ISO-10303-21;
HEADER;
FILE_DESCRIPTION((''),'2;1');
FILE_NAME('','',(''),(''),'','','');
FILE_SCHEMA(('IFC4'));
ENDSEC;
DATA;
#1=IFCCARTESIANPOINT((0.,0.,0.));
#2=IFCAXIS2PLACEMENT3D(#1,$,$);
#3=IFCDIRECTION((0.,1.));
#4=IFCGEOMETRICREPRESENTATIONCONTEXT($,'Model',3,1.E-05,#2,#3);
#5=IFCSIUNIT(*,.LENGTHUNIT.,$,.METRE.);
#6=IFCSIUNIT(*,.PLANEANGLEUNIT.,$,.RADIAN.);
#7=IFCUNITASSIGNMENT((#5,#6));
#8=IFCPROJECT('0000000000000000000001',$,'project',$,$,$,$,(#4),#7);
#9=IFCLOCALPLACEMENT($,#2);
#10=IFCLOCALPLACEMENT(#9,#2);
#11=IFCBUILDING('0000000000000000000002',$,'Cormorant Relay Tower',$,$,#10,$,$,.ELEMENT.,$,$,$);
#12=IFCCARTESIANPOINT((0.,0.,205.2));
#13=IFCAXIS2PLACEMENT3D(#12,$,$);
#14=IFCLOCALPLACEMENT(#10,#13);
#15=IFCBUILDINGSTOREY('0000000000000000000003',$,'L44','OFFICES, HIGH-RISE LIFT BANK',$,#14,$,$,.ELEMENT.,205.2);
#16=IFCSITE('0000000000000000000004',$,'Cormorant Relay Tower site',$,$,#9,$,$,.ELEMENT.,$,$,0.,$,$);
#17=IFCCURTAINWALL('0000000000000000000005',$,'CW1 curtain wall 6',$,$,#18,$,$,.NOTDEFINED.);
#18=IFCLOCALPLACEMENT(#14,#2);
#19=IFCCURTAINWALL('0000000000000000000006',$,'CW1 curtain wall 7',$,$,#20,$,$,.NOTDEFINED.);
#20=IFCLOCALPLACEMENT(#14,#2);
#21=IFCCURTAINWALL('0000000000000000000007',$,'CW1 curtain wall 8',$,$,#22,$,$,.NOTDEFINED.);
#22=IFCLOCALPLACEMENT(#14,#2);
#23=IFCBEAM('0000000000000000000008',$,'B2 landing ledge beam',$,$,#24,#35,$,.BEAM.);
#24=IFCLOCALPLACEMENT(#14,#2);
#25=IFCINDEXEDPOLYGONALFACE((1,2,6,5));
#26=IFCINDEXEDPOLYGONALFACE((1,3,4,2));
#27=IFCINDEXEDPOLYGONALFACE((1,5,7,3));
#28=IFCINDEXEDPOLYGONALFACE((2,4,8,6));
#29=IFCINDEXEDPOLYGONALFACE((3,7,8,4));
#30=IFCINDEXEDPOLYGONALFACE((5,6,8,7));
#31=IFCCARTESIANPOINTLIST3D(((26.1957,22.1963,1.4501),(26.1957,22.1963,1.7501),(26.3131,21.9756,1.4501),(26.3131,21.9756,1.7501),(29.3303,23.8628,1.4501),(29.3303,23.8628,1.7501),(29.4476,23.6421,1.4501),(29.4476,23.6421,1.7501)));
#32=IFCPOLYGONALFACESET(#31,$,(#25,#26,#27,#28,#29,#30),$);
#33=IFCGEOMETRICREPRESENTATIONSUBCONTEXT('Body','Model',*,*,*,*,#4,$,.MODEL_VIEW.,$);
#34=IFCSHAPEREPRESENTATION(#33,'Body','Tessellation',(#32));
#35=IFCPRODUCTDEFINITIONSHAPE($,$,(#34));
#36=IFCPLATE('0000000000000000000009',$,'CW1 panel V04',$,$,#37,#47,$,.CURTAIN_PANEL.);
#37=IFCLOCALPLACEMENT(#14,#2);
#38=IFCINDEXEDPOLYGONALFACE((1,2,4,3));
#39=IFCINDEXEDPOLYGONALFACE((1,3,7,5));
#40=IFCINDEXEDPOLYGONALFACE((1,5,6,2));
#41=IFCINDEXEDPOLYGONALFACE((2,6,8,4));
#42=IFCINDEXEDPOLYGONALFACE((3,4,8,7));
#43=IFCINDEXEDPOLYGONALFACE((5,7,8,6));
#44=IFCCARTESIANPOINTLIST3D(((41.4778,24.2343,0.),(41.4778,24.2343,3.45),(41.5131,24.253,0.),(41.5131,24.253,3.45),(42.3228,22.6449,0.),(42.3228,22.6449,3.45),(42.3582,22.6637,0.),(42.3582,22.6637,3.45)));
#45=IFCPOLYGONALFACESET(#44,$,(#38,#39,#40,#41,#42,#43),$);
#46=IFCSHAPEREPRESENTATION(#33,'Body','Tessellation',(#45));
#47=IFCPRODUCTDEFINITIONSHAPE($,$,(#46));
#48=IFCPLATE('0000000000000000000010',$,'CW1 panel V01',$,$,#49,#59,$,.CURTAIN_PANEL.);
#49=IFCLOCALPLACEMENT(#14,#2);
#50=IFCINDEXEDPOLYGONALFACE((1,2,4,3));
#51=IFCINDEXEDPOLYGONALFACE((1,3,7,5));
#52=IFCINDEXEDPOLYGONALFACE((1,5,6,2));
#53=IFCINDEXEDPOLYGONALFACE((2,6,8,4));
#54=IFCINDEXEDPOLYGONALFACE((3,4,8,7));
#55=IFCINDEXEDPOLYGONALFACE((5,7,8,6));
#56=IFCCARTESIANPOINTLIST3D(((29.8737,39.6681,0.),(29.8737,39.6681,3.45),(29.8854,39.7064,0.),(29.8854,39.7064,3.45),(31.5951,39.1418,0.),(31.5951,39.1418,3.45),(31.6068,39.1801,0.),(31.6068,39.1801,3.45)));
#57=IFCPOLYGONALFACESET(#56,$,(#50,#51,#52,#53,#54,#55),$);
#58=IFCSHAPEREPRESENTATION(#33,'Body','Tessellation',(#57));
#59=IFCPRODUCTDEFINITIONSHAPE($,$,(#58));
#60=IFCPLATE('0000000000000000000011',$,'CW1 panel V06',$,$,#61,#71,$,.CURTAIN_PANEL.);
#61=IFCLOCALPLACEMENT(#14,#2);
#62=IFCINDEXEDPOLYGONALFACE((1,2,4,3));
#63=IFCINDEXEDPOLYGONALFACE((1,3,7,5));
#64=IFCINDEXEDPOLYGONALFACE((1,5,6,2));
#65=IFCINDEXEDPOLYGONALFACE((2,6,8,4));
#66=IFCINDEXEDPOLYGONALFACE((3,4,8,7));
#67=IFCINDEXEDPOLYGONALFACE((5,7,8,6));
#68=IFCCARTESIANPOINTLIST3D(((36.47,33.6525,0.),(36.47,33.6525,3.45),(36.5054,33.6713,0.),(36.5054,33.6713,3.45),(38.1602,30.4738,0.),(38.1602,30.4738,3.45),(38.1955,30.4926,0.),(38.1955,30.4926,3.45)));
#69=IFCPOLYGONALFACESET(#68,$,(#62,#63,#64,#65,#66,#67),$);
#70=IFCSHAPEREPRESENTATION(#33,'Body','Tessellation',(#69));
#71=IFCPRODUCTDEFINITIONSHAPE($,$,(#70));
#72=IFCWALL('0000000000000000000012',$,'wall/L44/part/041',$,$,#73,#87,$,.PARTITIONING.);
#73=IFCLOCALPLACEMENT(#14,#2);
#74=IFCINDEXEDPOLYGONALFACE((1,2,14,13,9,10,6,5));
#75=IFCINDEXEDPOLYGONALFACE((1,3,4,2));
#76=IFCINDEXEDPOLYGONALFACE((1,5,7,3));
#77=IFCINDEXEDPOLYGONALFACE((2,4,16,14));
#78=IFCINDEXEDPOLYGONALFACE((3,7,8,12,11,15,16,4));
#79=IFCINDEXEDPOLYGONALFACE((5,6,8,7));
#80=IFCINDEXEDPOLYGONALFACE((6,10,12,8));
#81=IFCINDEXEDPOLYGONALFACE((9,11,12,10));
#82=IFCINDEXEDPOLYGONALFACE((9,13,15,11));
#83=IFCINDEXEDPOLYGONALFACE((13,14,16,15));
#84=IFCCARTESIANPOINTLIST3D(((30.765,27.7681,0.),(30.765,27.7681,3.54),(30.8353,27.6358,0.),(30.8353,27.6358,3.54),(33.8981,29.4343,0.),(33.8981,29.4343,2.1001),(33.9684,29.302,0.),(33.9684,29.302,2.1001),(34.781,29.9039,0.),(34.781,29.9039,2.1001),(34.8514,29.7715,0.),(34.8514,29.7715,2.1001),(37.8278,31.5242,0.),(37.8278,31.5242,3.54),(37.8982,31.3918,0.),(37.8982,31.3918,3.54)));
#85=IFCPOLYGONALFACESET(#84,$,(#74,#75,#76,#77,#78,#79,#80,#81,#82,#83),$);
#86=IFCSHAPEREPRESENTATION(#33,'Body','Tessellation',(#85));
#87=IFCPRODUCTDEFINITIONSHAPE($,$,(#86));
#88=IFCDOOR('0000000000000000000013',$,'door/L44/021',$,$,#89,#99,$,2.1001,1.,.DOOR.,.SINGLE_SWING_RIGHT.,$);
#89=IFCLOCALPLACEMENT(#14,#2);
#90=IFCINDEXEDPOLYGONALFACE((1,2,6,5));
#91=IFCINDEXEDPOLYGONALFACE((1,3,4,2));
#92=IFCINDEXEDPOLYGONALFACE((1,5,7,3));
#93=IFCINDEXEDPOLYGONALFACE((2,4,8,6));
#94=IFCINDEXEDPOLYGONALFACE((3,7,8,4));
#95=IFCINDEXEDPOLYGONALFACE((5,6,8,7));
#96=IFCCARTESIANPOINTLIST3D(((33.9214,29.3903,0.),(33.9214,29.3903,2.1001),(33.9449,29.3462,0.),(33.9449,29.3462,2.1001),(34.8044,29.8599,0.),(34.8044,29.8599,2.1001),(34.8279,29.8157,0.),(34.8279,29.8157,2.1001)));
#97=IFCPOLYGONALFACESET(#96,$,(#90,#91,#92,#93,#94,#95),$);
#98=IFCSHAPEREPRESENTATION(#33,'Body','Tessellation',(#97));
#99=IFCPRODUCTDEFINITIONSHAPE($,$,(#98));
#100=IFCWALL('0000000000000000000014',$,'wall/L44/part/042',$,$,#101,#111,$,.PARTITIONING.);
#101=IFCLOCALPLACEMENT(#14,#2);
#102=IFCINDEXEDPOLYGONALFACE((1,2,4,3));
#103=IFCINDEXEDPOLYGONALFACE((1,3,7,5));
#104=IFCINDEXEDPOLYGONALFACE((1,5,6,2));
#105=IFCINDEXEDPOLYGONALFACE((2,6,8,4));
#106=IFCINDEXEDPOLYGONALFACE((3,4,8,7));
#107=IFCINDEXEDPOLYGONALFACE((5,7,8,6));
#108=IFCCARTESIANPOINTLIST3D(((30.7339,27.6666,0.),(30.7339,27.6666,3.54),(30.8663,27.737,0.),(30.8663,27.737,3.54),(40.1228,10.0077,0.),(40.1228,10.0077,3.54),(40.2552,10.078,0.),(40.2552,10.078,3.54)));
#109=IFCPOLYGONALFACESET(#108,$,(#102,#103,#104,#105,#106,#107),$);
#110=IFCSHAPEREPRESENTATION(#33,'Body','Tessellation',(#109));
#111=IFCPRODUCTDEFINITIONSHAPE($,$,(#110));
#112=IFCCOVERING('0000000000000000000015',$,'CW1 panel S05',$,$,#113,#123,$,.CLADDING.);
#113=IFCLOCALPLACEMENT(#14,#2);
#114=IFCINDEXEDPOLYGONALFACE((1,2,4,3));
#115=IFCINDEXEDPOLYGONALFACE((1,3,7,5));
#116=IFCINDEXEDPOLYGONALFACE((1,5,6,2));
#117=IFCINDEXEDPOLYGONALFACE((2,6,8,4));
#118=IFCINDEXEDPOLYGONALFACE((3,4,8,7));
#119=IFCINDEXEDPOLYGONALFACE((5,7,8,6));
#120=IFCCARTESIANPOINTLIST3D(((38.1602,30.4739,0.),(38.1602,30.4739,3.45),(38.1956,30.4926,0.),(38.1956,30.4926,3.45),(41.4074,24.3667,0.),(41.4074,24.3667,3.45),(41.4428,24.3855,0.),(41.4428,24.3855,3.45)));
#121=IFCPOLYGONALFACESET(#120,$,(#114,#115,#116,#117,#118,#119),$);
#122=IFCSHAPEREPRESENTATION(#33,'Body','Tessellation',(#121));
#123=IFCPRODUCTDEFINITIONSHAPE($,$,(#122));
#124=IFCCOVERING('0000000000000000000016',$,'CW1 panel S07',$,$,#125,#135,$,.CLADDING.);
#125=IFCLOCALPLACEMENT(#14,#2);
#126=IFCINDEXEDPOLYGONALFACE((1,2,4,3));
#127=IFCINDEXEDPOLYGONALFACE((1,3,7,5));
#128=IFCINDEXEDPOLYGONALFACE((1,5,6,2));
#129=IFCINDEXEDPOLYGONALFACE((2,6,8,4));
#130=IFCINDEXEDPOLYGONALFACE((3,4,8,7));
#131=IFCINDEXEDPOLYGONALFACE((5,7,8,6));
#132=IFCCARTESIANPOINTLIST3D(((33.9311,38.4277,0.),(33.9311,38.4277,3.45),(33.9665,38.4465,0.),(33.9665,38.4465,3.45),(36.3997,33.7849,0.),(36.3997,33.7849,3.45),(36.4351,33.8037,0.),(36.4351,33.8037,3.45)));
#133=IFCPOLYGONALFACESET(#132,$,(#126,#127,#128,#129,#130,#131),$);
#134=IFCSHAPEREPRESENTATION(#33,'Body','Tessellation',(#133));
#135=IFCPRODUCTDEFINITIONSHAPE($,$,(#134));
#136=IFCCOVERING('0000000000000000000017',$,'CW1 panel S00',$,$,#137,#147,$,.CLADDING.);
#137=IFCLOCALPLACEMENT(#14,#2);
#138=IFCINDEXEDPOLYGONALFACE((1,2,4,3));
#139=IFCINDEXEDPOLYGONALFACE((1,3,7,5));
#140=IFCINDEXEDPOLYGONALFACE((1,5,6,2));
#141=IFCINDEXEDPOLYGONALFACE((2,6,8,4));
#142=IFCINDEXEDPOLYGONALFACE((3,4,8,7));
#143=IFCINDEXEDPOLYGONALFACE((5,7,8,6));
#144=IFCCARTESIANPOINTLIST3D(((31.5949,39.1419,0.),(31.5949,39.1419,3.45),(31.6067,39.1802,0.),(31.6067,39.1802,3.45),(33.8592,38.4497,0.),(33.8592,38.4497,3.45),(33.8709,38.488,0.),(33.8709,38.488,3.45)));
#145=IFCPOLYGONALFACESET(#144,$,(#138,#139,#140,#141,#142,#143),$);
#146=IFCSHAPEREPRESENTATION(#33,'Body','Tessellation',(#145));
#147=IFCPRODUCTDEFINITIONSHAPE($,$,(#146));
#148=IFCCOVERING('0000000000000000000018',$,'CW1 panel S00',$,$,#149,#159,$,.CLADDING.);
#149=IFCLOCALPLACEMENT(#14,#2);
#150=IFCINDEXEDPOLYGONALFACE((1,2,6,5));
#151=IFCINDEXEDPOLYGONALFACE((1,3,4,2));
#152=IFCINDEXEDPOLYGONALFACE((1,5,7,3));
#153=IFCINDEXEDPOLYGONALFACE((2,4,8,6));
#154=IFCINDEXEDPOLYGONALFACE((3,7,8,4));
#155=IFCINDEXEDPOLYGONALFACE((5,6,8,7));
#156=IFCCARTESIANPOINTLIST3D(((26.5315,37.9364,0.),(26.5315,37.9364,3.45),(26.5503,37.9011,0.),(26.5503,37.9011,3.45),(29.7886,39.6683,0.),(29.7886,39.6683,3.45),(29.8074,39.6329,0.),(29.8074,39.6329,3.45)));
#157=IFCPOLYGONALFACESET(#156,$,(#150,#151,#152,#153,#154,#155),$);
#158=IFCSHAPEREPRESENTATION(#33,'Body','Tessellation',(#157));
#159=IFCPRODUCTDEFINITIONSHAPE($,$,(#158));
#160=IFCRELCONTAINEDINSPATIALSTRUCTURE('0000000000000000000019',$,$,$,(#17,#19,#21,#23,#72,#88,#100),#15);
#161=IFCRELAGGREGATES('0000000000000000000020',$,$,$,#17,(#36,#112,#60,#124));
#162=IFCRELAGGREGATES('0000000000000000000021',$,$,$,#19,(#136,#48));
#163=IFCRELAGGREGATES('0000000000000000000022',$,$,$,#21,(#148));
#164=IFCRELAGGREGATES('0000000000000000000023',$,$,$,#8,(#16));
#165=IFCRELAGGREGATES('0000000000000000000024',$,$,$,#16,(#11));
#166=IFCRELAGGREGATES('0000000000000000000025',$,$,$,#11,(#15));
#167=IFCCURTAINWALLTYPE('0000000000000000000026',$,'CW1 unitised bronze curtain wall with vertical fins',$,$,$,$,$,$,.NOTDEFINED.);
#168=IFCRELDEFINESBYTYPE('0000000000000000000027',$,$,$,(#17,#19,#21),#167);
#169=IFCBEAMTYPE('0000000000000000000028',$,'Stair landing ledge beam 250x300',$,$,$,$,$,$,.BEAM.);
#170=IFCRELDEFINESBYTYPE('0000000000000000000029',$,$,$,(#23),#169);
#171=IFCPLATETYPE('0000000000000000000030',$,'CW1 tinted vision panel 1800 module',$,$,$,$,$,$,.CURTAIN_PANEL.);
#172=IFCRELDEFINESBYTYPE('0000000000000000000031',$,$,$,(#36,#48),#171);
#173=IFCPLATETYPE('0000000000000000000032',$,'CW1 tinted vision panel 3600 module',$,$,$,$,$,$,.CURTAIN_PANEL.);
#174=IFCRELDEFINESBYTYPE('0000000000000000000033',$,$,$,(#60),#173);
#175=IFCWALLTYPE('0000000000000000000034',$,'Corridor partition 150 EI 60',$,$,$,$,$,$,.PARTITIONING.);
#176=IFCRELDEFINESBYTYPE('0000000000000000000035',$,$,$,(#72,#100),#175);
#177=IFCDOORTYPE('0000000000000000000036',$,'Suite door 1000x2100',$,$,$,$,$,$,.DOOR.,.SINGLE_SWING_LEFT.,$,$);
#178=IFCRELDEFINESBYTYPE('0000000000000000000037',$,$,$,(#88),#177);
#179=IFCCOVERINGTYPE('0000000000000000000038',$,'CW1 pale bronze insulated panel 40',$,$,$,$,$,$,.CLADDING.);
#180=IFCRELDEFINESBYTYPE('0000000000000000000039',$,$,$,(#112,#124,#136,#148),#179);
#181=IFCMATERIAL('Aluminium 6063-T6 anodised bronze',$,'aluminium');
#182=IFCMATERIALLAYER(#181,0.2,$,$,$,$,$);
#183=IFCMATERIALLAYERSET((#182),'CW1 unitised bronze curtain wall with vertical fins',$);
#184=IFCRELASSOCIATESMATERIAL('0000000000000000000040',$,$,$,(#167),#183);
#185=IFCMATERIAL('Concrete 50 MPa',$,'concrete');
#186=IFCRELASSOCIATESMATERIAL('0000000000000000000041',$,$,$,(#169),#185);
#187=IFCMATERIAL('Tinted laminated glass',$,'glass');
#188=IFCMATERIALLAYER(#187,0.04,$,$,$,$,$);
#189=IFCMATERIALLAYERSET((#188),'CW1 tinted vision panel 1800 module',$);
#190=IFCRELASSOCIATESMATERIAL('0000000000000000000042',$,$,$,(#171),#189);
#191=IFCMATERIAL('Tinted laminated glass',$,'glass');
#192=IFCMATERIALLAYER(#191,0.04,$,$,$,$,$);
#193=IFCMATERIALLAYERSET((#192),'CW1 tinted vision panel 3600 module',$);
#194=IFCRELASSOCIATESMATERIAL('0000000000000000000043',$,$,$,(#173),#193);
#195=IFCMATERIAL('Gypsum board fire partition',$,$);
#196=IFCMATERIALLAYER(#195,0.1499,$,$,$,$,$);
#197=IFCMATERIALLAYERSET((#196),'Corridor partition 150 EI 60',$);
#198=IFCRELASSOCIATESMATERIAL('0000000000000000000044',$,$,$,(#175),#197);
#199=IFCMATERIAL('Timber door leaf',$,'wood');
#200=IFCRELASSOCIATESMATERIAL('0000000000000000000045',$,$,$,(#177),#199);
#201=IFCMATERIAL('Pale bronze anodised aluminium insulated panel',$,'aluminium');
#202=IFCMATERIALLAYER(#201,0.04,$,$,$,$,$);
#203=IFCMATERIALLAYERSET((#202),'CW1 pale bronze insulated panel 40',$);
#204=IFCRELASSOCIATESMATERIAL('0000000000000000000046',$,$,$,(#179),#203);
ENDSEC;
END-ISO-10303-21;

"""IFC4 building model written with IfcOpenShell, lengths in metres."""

from ifc_helpers import new_model, si_unit, direction, frame, frame_2d, origin, origin_2d, place, context, subcontext, project, spatial, rectangle, extrude, material, layer, layer_set, material_profile, profile_set, type_object, element, fill, aggregate, save


model = new_model("IFC4")

# Units and contexts
model_context = context("Model", 3, precision=1e-05, world=origin(), true_north=direction((0.0, 1.0)))
body_context = subcontext(model_context, "Body", "Model", "MODEL_VIEW")
ifc_project = project(units=[si_unit("LENGTHUNIT", "METRE"), si_unit("PLANEANGLEUNIT", "RADIAN")], contexts=[model_context])

# Site, building, storey
site_placement = place(None, origin())
site = spatial("IfcSite", under=ifc_project, at=site_placement, Name="Cormorant Relay Tower site", CompositionType="ELEMENT", RefElevation=0.0)
building_placement = place(site_placement, origin())
building = spatial("IfcBuilding", under=site, at=building_placement, Name="Cormorant Relay Tower", CompositionType="ELEMENT")
storey_placement = place(building_placement, frame((0.0, 0.0, 205.2)))
storey = spatial("IfcBuildingStorey", under=building, at=storey_placement, Name="L44", Description="OFFICES, HIGH-RISE LIFT BANK", CompositionType="ELEMENT", Elevation=205.2)

# Curtain wall
ifc_material_1 = material(Name="Aluminium 6063-T6 anodised bronze", Category="aluminium")
ifc_layer_1 = layer(ifc_material_1, 0.2)
ifc_layer_set_1 = layer_set([ifc_layer_1], Name="CW1 unitised bronze curtain wall with vertical fins")
curtain_wall_type = type_object("IfcCurtainWallType", Name="CW1 unitised bronze curtain wall with vertical fins", PredefinedType="NOTDEFINED", material=ifc_layer_set_1)
curtain_wall_1_placement = place(storey_placement, origin())
curtain_wall_1 = element("IfcCurtainWall", 1, at=curtain_wall_1_placement, inside=storey, type_object=curtain_wall_type, Name="CW1 curtain wall 6", PredefinedType="NOTDEFINED")

# Curtain walls
curtain_wall_2_placement = place(storey_placement, origin())
curtain_wall_2 = element("IfcCurtainWall", 2, at=curtain_wall_2_placement, inside=storey, type_object=curtain_wall_type, Name="CW1 curtain wall 7", PredefinedType="NOTDEFINED")
curtain_wall_3_placement = place(storey_placement, origin())
curtain_wall_3 = element("IfcCurtainWall", 3, at=curtain_wall_3_placement, inside=storey, type_object=curtain_wall_type, Name="CW1 curtain wall 8", PredefinedType="NOTDEFINED")

# Beam
ifc_material_2 = material(Name="Concrete 50 MPa", Category="concrete")
ifc_material_profile_1 = material_profile(ifc_material_2, rectangle(XDim=0.25, YDim=0.3, at=origin_2d()), Name="RC 250x300")
ifc_profile_set_1 = profile_set([ifc_material_profile_1], Name="Concrete 50 MPa")
beam_type_1 = type_object("IfcBeamType", Name="Stair landing ledge beam 250x300", PredefinedType="BEAM", material=ifc_profile_set_1)
beam_1_placement = place(storey_placement, frame((26.2544, 22.0859, 1.6001), z_axis=(0.882965, 0.469438, 0.0), x_axis=(-0.469438, 0.882965, 0.0)))
element("IfcBeam", 4, at=beam_1_placement, inside=storey, type_object=beam_type_1, Name="B2 landing ledge beam", PredefinedType="BEAM", context=body_context, shape_type="SweptSolid", body=[
    extrude(rectangle(XDim=0.25, YDim=0.3, at=origin_2d()), origin(), (0.0, 0.0, 1.0), 3.55),
])

# Plates
ifc_material_3 = material(Name="Tinted laminated glass", Category="glass")
ifc_layer_2 = layer(ifc_material_3, 0.04)
ifc_layer_set_2 = layer_set([ifc_layer_2], Name="CW1 tinted vision panel 1800 module")
plate_type_1 = type_object("IfcPlateType", Name="CW1 tinted vision panel 1800 module", PredefinedType="CURTAIN_PANEL", material=ifc_layer_set_2)
plate_1_placement = place(storey_placement, frame((41.918, 23.449, 0.0), z_axis=(0.0, 0.0, 1.0), x_axis=(-0.469472, 0.882948, 0.0)))
plate_1 = element("IfcPlate", 5, at=plate_1_placement, type_object=plate_type_1, Name="CW1 panel V04", PredefinedType="CURTAIN_PANEL", context=body_context, shape_type="SweptSolid", body=[
    extrude(rectangle(XDim=1.8, YDim=0.04, at=origin_2d()), origin(), (0.0, 0.0, 1.0), 3.45),
])
plate_2_placement = place(storey_placement, frame((30.7402, 39.4241, 0.0), z_axis=(0.0, 0.0, 1.0), x_axis=(-0.956305, 0.292372, 0.0)))
plate_2 = element("IfcPlate", 6, at=plate_2_placement, type_object=plate_type_1, Name="CW1 panel V01", PredefinedType="CURTAIN_PANEL", context=body_context, shape_type="SweptSolid", body=[
    extrude(rectangle(XDim=1.8, YDim=0.04, at=origin_2d()), origin(), (0.0, 0.0, 1.0), 3.45),
])
ifc_material_4 = material(Name="Tinted laminated glass", Category="glass")
ifc_layer_3 = layer(ifc_material_4, 0.04)
ifc_layer_set_3 = layer_set([ifc_layer_3], Name="CW1 tinted vision panel 3600 module")
plate_type_2 = type_object("IfcPlateType", Name="CW1 tinted vision panel 3600 module", PredefinedType="CURTAIN_PANEL", material=ifc_layer_set_3)
plate_3_placement = place(storey_placement, frame((37.3328, 32.0725, 0.0), z_axis=(0.0, 0.0, 1.0), x_axis=(-0.469472, 0.882948, 0.0)))
plate_3 = element("IfcPlate", 7, at=plate_3_placement, type_object=plate_type_2, Name="CW1 panel V06", PredefinedType="CURTAIN_PANEL", context=body_context, shape_type="SweptSolid", body=[
    extrude(rectangle(XDim=3.6001, YDim=0.04, at=origin_2d()), origin(), (0.0, 0.0, 1.0), 3.45),
])

# Wall, opening, door
ifc_material_5 = material(Name="Gypsum board fire partition")
ifc_layer_4 = layer(ifc_material_5, 0.1499)
ifc_layer_set_4 = layer_set([ifc_layer_4], Name="Corridor partition 150 EI 60")
wall_type = type_object("IfcWallType", Name="Corridor partition 150 EI 60", PredefinedType="PARTITIONING", material=ifc_layer_set_4)
wall_1_placement = place(storey_placement, frame((37.863, 31.458, 0.0), z_axis=(0.0, 0.0, 1.0), x_axis=(-0.882914, -0.469535, 0.0)))
wall_1 = element("IfcWall", 8, at=wall_1_placement, inside=storey, type_object=wall_type, Name="wall/L44/part/041", PredefinedType="PARTITIONING", context=body_context, shape_type="SweptSolid", body=[
    extrude(rectangle(XDim=7.9995, YDim=0.1499, at=frame_2d((3.9998, 0.0))), origin(), (0.0, 0.0, 1.0), 3.54),
])
opening_placement = place(wall_1_placement, frame((3.4509, 0.0, 0.0)))
opening = element("IfcOpeningElement", 9, at=opening_placement, cuts=wall_1, PredefinedType="OPENING", context=body_context, shape_type="SweptSolid", body=[
    extrude(rectangle(XDim=1.0, YDim=2.1001, at=frame_2d((0.5, 1.05))), frame((0.0, 0.085, 0.0), z_axis=(0.0, -1.0, 0.0), x_axis=(1.0, 0.0, 0.0)), (0.0, 0.0, 1.0), 0.1699),
])
ifc_material_6 = material(Name="Timber door leaf", Category="wood")
door_type = type_object("IfcDoorType", Name="Suite door 1000x2100", OperationType="SINGLE_SWING_LEFT", PredefinedType="DOOR", material=ifc_material_6)
door_placement = place(opening_placement, origin())
door = element("IfcDoor", 10, at=door_placement, inside=storey, type_object=door_type, Name="door/L44/021", OperationType="SINGLE_SWING_RIGHT", OverallHeight=2.1001, OverallWidth=1.0, PredefinedType="DOOR", context=body_context, shape_type="SweptSolid", body=[
    extrude(rectangle(XDim=1.0, YDim=2.1001, at=frame_2d((0.5, 1.05))), frame((0.0, 0.0249, 0.0), z_axis=(0.0, -1.0, 0.0), x_axis=(1.0, 0.0, 0.0)), (0.0, 0.0, 1.0), 0.05),
])
fill(opening, door)

# Wall
wall_2_placement = place(storey_placement, frame((30.8, 27.7019, 0.0), z_axis=(0.0, 0.0, 1.0), x_axis=(0.469452, -0.882958, 0.0)))
element("IfcWall", 11, at=wall_2_placement, inside=storey, type_object=wall_type, Name="wall/L44/part/042", PredefinedType="PARTITIONING", context=body_context, shape_type="SweptSolid", body=[
    extrude(rectangle(XDim=19.9998, YDim=0.1499, at=frame_2d((10.0, 0.0))), origin(), (0.0, 0.0, 1.0), 3.54),
])

# Coverings
ifc_material_7 = material(Name="Pale bronze anodised aluminium insulated panel", Category="aluminium")
ifc_layer_5 = layer(ifc_material_7, 0.04)
ifc_layer_set_5 = layer_set([ifc_layer_5], Name="CW1 pale bronze insulated panel 40")
covering_type = type_object("IfcCoveringType", Name="CW1 pale bronze insulated panel 40", PredefinedType="CLADDING", material=ifc_layer_set_5)
covering_1_placement = place(storey_placement, frame((39.8015, 27.4297, 0.0), z_axis=(0.0, 0.0, 1.0), x_axis=(-0.469472, 0.882948, 0.0)))
covering_1 = element("IfcCovering", 12, at=covering_1_placement, type_object=covering_type, Name="CW1 panel S05", PredefinedType="CLADDING", context=body_context, shape_type="SweptSolid", body=[
    extrude(rectangle(XDim=6.9167, YDim=0.04, at=origin_2d()), origin(), (0.0, 0.0, 1.0), 3.45),
])
covering_2_placement = place(storey_placement, frame((35.1831, 36.1157, 0.0), z_axis=(0.0, 0.0, 1.0), x_axis=(-0.469472, 0.882948, 0.0)))
covering_2 = element("IfcCovering", 13, at=covering_2_placement, type_object=covering_type, Name="CW1 panel S07", PredefinedType="CLADDING", context=body_context, shape_type="SweptSolid", body=[
    extrude(rectangle(XDim=5.2583, YDim=0.04, at=origin_2d()), origin(), (0.0, 0.0, 1.0), 3.45),
])
aggregate(curtain_wall_1, [plate_1, covering_1, plate_3, covering_2])
covering_3_placement = place(storey_placement, frame((32.7329, 38.8149, 0.0), z_axis=(0.0, 0.0, 1.0), x_axis=(-0.956305, 0.292372, 0.0)))
covering_3 = element("IfcCovering", 14, at=covering_3_placement, type_object=covering_type, Name="CW1 panel S00", PredefinedType="CLADDING", context=body_context, shape_type="SweptSolid", body=[
    extrude(rectangle(XDim=2.3677, YDim=0.04, at=origin_2d()), origin(), (0.0, 0.0, 1.0), 3.45),
])
aggregate(curtain_wall_2, [covering_3, plate_2])
covering_4_placement = place(storey_placement, frame((28.1694, 38.7847, 0.0), z_axis=(0.0, 0.0, 1.0), x_axis=(-0.882948, -0.469472, 0.0)))
covering_4 = element("IfcCovering", 15, at=covering_4_placement, type_object=covering_type, Name="CW1 panel S00", PredefinedType="CLADDING", context=body_context, shape_type="SweptSolid", body=[
    extrude(rectangle(XDim=3.689, YDim=0.04, at=origin_2d()), origin(), (0.0, 0.0, 1.0), 3.45),
])
aggregate(curtain_wall_3, [covering_4])

save(model, "model.ifc")
